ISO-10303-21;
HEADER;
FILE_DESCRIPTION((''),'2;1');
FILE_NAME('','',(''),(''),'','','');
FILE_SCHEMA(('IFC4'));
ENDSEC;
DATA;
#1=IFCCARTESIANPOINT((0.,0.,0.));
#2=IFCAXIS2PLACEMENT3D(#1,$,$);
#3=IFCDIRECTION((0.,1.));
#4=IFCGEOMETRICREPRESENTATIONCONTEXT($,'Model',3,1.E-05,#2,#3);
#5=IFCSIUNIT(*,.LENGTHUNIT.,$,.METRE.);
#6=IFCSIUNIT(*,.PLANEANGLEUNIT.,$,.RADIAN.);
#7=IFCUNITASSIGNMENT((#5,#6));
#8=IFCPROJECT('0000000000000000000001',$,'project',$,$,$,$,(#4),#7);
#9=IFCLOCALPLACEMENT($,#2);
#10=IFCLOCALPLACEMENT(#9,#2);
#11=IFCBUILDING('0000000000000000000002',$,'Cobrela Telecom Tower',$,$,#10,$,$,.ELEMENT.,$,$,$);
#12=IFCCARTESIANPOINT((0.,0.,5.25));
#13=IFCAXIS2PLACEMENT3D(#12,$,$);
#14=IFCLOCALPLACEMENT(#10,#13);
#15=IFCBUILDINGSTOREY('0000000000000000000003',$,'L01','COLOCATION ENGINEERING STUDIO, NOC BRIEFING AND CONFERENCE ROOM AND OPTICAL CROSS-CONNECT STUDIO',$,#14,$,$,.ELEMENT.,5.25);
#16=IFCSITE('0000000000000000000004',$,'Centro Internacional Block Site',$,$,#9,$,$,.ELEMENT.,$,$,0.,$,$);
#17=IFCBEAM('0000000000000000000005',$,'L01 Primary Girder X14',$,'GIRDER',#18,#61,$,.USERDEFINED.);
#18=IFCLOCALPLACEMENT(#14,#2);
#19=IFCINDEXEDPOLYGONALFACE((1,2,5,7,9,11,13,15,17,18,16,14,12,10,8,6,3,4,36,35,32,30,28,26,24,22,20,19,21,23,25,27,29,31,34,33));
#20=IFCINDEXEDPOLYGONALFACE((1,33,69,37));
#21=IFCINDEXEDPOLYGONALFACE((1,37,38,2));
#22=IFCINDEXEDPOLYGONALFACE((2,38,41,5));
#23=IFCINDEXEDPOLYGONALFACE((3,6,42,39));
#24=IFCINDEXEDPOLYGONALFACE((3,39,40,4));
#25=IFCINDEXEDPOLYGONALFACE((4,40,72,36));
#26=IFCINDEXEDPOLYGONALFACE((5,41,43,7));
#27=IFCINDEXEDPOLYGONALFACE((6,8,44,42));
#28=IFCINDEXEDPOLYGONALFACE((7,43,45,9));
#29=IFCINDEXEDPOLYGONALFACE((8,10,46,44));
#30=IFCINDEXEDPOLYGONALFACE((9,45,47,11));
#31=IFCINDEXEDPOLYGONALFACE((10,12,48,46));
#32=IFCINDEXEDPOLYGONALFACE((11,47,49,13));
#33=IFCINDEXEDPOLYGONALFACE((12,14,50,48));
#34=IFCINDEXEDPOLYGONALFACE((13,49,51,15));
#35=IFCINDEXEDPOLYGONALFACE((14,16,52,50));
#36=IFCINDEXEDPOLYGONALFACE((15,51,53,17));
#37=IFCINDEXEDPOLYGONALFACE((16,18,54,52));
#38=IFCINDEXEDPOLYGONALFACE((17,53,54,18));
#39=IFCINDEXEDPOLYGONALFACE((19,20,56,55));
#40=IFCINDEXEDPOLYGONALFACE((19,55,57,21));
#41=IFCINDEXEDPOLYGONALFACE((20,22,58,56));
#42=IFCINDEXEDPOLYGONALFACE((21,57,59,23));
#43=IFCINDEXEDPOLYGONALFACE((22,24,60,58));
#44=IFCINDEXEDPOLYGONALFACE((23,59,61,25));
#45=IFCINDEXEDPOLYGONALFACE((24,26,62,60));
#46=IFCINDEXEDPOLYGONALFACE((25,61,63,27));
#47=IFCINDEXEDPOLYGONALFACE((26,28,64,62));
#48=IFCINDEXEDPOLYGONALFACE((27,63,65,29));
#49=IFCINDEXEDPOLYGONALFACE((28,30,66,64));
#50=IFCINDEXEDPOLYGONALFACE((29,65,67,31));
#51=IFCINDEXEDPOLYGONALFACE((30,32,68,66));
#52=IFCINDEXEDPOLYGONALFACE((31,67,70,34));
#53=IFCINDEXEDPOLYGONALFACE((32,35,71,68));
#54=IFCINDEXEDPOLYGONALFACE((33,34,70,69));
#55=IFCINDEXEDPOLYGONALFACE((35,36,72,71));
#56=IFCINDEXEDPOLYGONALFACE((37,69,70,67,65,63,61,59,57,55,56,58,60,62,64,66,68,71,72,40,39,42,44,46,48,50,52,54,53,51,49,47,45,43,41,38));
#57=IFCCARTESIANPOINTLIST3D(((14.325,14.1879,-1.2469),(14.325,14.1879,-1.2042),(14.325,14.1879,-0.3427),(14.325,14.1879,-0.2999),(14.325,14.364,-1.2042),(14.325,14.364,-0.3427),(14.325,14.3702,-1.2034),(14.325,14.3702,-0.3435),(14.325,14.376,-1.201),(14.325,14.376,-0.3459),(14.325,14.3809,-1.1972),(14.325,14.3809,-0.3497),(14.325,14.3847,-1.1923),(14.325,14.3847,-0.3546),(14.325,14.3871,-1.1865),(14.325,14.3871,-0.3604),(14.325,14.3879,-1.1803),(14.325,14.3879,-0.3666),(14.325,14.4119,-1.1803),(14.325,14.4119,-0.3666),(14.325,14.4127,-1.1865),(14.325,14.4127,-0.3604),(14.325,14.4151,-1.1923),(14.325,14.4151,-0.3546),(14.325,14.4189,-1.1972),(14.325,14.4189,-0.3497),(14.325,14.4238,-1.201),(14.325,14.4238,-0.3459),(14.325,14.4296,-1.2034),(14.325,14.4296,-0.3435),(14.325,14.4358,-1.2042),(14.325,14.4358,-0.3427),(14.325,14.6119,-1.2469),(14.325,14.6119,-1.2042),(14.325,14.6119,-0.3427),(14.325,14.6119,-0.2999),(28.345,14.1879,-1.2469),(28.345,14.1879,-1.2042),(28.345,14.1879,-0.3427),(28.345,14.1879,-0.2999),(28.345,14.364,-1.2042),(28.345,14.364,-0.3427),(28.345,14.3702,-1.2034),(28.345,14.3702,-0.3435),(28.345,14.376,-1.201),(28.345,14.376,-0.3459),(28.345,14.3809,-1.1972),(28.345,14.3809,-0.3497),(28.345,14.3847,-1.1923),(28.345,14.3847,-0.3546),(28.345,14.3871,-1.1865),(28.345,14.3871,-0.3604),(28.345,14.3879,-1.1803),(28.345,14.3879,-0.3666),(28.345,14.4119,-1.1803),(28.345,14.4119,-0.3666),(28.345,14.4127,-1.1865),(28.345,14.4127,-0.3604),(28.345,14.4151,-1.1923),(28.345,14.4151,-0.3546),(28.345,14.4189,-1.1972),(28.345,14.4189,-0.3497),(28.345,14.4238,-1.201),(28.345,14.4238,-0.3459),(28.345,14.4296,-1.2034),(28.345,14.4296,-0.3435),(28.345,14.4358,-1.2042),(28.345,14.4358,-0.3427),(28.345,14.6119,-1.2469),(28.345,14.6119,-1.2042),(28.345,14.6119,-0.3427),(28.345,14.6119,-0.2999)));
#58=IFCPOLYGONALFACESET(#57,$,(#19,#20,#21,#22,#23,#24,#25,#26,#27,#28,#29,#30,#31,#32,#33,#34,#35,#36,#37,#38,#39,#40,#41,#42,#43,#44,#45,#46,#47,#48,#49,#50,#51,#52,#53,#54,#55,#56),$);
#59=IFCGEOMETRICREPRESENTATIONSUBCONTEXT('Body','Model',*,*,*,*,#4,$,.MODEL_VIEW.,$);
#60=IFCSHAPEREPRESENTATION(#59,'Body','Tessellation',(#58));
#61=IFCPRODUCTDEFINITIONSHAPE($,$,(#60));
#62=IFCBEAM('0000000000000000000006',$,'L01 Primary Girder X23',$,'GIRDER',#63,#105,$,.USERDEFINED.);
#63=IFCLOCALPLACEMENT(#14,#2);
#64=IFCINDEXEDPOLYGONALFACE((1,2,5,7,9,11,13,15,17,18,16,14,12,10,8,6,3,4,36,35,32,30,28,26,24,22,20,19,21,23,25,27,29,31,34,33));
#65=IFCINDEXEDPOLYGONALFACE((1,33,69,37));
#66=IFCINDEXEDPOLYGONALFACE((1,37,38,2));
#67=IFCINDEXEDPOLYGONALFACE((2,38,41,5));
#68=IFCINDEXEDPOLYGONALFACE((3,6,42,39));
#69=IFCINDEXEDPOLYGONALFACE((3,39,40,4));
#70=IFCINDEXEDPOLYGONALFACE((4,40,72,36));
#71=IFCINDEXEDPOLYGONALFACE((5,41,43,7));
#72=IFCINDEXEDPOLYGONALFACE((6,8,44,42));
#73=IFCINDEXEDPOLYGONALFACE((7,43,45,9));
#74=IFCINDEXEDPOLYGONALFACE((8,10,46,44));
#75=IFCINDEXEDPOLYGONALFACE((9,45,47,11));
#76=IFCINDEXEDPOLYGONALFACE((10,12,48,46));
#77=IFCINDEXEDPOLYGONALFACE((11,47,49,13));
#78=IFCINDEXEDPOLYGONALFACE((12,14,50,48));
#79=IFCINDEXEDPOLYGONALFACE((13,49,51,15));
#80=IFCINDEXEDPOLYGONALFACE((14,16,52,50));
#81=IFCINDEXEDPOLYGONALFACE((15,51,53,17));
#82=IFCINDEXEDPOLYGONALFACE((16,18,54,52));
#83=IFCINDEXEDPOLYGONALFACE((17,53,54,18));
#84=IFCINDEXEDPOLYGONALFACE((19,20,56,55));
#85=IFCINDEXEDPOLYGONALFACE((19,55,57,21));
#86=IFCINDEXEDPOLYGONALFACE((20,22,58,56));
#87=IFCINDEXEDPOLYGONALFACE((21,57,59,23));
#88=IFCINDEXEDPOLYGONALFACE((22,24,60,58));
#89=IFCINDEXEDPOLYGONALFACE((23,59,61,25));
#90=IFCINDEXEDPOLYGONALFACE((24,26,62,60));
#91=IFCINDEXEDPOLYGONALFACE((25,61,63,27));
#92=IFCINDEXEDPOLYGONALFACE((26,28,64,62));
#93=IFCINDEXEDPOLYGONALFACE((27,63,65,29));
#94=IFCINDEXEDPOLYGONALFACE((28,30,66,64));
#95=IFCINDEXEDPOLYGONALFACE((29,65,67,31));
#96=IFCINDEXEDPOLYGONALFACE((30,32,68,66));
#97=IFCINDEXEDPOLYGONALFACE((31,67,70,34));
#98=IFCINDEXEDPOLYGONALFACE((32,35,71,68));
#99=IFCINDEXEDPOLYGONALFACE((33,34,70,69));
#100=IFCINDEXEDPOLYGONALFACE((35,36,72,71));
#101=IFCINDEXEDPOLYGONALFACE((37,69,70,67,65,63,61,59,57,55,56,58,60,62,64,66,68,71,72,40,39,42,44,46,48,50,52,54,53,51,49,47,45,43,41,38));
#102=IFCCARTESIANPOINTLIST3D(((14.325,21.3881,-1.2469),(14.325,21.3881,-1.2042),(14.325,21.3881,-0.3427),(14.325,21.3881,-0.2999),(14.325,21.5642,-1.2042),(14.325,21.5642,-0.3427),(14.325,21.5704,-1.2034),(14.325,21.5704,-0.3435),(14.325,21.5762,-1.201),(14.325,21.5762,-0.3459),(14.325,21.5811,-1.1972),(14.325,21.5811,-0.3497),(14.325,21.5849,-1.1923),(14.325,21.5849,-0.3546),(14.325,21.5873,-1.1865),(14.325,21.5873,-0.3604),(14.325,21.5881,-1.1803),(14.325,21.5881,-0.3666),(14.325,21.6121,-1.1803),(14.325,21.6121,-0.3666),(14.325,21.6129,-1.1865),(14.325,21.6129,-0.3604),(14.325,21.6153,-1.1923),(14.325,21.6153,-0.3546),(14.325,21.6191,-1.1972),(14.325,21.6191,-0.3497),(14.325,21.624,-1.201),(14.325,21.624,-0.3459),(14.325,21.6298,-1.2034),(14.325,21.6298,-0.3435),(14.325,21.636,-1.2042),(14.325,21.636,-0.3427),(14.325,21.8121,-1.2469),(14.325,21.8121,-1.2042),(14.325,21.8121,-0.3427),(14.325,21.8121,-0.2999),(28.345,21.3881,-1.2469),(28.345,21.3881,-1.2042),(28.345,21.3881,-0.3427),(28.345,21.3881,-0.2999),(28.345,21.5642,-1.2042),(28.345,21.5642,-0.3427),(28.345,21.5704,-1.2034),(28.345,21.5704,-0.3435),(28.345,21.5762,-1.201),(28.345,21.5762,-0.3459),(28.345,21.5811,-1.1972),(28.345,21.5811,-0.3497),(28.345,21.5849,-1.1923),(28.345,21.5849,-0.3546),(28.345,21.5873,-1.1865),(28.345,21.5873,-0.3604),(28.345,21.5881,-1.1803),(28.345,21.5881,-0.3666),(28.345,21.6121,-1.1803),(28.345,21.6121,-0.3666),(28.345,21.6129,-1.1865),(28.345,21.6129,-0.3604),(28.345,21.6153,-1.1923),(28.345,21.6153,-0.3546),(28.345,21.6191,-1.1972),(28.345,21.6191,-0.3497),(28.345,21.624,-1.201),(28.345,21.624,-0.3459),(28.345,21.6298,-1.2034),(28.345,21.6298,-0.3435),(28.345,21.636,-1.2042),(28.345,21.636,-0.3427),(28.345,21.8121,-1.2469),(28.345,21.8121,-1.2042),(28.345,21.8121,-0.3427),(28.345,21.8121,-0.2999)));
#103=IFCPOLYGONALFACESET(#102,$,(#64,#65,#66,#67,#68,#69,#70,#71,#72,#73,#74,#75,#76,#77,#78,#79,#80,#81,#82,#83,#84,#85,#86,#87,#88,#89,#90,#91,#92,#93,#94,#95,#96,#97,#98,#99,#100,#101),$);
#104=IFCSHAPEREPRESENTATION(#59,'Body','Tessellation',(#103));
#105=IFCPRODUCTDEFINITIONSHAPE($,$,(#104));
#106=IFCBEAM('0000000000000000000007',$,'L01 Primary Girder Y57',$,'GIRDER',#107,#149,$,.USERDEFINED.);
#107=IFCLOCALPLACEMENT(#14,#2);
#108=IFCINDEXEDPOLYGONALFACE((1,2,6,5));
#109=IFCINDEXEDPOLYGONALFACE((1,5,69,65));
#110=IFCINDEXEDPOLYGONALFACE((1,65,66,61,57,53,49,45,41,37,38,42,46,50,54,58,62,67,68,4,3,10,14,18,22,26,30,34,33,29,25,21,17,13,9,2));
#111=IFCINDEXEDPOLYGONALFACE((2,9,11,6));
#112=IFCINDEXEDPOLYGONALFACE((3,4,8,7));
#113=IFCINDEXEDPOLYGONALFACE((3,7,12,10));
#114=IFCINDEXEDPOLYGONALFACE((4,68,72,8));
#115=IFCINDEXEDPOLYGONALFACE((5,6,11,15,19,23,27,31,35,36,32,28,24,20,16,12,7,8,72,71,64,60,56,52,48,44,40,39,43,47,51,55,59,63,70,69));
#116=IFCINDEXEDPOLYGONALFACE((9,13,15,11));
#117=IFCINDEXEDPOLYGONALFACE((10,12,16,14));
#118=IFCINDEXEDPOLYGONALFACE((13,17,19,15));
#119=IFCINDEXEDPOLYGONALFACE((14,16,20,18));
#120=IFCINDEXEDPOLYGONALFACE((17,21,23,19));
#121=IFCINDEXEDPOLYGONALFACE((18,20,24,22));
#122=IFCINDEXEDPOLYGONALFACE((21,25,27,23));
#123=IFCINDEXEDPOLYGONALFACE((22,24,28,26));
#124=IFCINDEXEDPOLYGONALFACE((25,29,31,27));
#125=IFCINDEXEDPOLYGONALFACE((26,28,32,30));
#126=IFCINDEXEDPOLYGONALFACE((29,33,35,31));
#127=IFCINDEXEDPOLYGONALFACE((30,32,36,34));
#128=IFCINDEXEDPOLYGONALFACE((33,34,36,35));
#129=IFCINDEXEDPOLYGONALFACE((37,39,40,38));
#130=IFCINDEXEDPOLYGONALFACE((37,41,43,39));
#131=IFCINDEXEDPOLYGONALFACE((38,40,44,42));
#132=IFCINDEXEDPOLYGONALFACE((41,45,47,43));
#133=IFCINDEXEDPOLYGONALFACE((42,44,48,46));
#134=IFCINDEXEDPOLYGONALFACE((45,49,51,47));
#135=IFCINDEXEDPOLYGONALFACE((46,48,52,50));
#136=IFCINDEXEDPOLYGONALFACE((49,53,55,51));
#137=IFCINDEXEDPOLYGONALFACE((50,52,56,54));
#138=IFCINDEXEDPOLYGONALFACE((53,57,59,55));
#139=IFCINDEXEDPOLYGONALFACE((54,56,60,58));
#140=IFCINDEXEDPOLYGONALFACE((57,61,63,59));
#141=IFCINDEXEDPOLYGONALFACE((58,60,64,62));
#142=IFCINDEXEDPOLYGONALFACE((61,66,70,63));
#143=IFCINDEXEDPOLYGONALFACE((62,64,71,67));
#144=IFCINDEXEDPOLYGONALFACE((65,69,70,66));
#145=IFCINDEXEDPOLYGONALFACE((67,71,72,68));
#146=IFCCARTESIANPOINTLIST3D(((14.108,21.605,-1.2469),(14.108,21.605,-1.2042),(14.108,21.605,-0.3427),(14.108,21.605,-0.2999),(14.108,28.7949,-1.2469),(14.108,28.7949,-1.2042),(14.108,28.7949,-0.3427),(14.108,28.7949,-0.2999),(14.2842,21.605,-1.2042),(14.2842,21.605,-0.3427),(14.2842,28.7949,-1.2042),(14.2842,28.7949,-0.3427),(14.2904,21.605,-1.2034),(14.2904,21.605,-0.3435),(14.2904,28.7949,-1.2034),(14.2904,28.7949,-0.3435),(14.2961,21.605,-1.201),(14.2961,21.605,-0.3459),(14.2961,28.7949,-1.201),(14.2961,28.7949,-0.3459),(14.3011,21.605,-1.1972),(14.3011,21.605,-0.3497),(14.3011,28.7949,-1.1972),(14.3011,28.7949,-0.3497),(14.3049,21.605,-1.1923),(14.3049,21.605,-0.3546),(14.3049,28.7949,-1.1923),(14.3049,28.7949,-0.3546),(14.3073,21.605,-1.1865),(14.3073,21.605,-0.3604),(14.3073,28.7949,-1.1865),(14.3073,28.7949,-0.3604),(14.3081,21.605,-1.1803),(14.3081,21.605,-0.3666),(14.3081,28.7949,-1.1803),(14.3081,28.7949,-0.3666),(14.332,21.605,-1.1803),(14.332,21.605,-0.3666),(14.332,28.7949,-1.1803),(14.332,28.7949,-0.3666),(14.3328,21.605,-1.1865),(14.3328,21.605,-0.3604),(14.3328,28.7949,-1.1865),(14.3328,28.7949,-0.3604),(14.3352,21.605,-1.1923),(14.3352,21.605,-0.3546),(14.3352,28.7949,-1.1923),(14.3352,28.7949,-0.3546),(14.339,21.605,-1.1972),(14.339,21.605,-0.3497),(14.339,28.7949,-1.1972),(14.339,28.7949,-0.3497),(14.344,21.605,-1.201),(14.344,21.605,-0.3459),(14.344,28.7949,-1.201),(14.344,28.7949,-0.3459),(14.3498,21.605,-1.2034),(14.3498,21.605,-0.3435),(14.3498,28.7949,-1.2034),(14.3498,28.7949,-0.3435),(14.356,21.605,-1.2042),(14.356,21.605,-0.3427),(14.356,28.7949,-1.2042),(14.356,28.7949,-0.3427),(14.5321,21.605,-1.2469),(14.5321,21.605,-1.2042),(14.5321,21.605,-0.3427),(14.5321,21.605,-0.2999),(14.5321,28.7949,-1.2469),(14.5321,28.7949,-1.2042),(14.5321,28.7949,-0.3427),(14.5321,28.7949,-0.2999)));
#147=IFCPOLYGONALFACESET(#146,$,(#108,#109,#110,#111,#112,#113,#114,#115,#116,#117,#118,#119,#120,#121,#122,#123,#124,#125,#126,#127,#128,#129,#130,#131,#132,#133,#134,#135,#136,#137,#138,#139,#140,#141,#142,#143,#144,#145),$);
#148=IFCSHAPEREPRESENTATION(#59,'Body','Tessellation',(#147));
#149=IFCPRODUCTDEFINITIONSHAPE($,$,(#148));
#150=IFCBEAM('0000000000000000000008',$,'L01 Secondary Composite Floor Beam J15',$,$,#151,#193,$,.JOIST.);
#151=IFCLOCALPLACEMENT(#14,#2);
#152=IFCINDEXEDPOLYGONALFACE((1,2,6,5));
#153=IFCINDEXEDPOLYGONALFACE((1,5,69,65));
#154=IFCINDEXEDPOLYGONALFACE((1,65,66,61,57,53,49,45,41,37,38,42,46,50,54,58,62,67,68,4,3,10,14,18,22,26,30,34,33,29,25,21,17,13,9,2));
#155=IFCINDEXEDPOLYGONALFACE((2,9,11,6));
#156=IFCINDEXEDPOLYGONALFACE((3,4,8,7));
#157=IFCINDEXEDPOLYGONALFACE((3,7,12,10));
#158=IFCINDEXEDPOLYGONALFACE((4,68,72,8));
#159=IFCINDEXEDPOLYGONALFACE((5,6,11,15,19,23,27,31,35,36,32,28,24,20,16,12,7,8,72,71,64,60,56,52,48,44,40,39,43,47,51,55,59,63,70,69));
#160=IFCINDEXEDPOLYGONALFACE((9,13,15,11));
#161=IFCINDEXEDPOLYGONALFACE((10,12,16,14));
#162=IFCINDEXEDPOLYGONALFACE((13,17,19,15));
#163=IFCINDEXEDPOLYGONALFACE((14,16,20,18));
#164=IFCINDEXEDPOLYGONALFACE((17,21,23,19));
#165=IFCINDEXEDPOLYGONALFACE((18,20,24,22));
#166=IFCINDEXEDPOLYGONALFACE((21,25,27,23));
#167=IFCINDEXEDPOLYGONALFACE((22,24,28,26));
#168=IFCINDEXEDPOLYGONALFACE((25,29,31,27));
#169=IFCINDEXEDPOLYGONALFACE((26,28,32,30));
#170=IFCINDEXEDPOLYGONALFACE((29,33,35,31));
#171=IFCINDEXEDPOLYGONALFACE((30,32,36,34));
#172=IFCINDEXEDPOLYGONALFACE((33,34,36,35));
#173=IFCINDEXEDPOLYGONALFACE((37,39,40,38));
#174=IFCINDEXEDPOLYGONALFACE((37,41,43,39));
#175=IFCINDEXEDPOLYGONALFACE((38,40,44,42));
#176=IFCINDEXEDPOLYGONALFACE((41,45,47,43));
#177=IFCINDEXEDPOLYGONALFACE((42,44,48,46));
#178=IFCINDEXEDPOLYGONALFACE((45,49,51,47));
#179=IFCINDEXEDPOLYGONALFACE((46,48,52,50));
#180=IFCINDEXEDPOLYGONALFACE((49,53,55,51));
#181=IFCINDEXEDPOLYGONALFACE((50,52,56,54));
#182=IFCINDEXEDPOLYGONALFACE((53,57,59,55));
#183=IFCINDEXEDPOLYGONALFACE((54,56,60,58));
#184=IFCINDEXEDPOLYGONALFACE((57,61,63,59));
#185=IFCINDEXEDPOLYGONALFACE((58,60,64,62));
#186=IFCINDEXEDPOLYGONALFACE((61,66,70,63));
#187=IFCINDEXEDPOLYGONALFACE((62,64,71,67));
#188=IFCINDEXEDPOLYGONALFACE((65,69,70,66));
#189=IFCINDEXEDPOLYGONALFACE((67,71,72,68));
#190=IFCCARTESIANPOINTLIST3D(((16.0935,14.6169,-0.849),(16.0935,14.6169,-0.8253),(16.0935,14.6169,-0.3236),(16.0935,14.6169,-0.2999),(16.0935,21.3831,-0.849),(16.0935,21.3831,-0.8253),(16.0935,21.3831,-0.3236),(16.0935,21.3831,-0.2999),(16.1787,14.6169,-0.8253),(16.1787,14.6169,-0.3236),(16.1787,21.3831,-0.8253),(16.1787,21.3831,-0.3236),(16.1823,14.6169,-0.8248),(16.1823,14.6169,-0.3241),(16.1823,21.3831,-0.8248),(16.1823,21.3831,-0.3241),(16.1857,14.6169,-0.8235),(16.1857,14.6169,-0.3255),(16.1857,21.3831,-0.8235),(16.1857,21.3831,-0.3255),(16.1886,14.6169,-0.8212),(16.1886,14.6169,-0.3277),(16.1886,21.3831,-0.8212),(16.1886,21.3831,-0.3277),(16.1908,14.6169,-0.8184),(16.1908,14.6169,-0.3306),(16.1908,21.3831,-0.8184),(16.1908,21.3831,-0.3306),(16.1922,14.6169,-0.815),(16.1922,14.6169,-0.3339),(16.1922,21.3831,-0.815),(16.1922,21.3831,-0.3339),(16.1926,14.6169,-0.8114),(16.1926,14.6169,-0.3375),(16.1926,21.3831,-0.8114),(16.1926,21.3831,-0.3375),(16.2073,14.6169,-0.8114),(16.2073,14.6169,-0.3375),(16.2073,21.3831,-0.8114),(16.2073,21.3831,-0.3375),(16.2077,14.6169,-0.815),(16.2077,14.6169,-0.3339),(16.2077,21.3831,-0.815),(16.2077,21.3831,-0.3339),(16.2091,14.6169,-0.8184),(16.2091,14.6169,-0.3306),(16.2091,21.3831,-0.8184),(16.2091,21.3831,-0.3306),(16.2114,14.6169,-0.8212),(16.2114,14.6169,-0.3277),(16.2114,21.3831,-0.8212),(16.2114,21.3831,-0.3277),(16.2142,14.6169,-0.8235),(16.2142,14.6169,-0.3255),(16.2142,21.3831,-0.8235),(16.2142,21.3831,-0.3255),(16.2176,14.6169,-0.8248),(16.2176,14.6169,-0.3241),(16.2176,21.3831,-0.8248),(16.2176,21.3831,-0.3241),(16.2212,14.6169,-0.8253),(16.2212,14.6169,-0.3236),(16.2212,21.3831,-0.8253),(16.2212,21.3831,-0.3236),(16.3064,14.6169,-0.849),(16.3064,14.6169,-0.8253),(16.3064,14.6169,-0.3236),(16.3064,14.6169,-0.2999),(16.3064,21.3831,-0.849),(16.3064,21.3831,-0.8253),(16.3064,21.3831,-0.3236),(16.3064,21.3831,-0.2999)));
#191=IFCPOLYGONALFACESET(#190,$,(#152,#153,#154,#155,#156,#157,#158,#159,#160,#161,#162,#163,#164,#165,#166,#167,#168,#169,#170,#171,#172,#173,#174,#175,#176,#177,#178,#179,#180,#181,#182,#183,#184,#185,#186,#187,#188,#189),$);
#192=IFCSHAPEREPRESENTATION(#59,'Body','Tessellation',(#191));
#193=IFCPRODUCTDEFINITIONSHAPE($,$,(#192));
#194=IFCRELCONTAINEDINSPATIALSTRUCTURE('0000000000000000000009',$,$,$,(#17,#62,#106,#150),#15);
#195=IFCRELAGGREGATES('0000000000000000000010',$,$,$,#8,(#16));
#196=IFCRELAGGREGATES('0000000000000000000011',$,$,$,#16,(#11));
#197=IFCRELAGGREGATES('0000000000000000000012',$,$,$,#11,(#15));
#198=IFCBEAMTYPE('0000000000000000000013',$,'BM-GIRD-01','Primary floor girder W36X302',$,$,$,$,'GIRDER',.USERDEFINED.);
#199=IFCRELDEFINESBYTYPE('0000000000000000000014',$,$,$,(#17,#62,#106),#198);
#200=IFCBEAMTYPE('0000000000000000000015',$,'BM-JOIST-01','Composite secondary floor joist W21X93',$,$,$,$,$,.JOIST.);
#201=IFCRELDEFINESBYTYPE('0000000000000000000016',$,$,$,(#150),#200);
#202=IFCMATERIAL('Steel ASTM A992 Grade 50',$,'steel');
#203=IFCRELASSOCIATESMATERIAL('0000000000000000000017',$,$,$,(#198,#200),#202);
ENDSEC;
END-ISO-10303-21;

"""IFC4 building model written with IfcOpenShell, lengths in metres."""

from ifc_helpers import new_model, si_unit, direction, frame, origin, origin_2d, place, context, subcontext, project, spatial, i_section, extrude, material, material_profile, profile_set, type_object, element, save


model = new_model("IFC4")

# Units and contexts
model_context = context("Model", 3, precision=1e-05, world=origin(), true_north=direction((0.0, 1.0)))
body_context = subcontext(model_context, "Body", "Model", "MODEL_VIEW")
ifc_project = project(units=[si_unit("LENGTHUNIT", "METRE"), si_unit("PLANEANGLEUNIT", "RADIAN")], contexts=[model_context])

# Site, building, storey
site_placement = place(None, origin())
site = spatial("IfcSite", under=ifc_project, at=site_placement, Name="Centro Internacional Block Site", CompositionType="ELEMENT", RefElevation=0.0)
building_placement = place(site_placement, origin())
building = spatial("IfcBuilding", under=site, at=building_placement, Name="Cobrela Telecom Tower", CompositionType="ELEMENT")
storey_placement = place(building_placement, frame((0.0, 0.0, 5.25)))
storey = spatial("IfcBuildingStorey", under=building, at=storey_placement, Name="L01", Description="COLOCATION ENGINEERING STUDIO, NOC BRIEFING AND CONFERENCE ROOM AND OPTICAL CROSS-CONNECT STUDIO", CompositionType="ELEMENT", Elevation=5.25)

# Beams
ifc_material_1 = material(Name="Steel ASTM A992 Grade 50", Category="steel")
ifc_material_profile_1 = material_profile(ifc_material_1, i_section(OverallWidth=0.4241, OverallDepth=0.947, WebThickness=0.0239, FlangeThickness=0.0427, FilletRadius=0.0239, at=origin_2d()), Name="W36X302")
ifc_profile_set_1 = profile_set([ifc_material_profile_1], Name="Steel ASTM A992 Grade 50")
beam_type_1 = type_object("IfcBeamType", Name="BM-GIRD-01", Description="Primary floor girder W36X302", ElementType="GIRDER", PredefinedType="USERDEFINED", material=ifc_profile_set_1)
for number, where, z_axis, x_axis, name in (
    (1, (14.325, 14.3999, -0.7734), (1.0, 0.0, 0.0), (0.0, 1.0, 0.0), "L01 Primary Girder X14"),
    (2, (14.325, 21.6001, -0.7734), (1.0, 0.0, 0.0), (0.0, 1.0, 0.0), "L01 Primary Girder X23"),
):
    element("IfcBeam", number, at=place(storey_placement, frame(where, z_axis=z_axis, x_axis=x_axis)), inside=storey, type_object=beam_type_1, Name=name, ObjectType="GIRDER", PredefinedType="USERDEFINED", context=body_context, shape_type="SweptSolid", body=[
        extrude(i_section(OverallWidth=0.4241, OverallDepth=0.947, WebThickness=0.0239, FlangeThickness=0.0427, FilletRadius=0.0239, at=origin_2d()), origin(), (0.0, 0.0, 1.0), 14.02),
    ])
beam_placement = place(storey_placement, frame((14.3201, 21.605, -0.7734), z_axis=(0.0, 1.0, 0.0), x_axis=(-1.0, 0.0, 0.0)))
element("IfcBeam", 3, at=beam_placement, inside=storey, type_object=beam_type_1, Name="L01 Primary Girder Y57", ObjectType="GIRDER", PredefinedType="USERDEFINED", context=body_context, shape_type="SweptSolid", body=[
    extrude(i_section(OverallWidth=0.4241, OverallDepth=0.947, WebThickness=0.0239, FlangeThickness=0.0427, FilletRadius=0.0239, at=origin_2d()), origin(), (0.0, 0.0, 1.0), 7.1899),
])
ifc_material_profile_2 = material_profile(ifc_material_1, i_section(OverallWidth=0.2129, OverallDepth=0.5491, WebThickness=0.0146, FlangeThickness=0.0237, FilletRadius=0.0139, at=origin_2d()), Name="W21X93")
ifc_profile_set_2 = profile_set([ifc_material_profile_2], Name="Steel ASTM A992 Grade 50")
beam_type_2 = type_object("IfcBeamType", Name="BM-JOIST-01", Description="Composite secondary floor joist W21X93", PredefinedType="JOIST", material=ifc_profile_set_2)
for number, where, z_axis, x_axis, name in (
    (4, (16.2, 14.6169, -0.5745), (0.0, 1.0, 0.0), (-1.0, 0.0, 0.0), "L01 Secondary Composite Floor Beam J15"),
):
    element("IfcBeam", number, at=place(storey_placement, frame(where, z_axis=z_axis, x_axis=x_axis)), inside=storey, type_object=beam_type_2, Name=name, PredefinedType="JOIST", context=body_context, shape_type="SweptSolid", body=[
        extrude(i_section(OverallWidth=0.2129, OverallDepth=0.5491, WebThickness=0.0146, FlangeThickness=0.0237, FilletRadius=0.0139, at=origin_2d()), origin(), (0.0, 0.0, 1.0), 6.7661),
    ])

save(model, "model.ifc")
